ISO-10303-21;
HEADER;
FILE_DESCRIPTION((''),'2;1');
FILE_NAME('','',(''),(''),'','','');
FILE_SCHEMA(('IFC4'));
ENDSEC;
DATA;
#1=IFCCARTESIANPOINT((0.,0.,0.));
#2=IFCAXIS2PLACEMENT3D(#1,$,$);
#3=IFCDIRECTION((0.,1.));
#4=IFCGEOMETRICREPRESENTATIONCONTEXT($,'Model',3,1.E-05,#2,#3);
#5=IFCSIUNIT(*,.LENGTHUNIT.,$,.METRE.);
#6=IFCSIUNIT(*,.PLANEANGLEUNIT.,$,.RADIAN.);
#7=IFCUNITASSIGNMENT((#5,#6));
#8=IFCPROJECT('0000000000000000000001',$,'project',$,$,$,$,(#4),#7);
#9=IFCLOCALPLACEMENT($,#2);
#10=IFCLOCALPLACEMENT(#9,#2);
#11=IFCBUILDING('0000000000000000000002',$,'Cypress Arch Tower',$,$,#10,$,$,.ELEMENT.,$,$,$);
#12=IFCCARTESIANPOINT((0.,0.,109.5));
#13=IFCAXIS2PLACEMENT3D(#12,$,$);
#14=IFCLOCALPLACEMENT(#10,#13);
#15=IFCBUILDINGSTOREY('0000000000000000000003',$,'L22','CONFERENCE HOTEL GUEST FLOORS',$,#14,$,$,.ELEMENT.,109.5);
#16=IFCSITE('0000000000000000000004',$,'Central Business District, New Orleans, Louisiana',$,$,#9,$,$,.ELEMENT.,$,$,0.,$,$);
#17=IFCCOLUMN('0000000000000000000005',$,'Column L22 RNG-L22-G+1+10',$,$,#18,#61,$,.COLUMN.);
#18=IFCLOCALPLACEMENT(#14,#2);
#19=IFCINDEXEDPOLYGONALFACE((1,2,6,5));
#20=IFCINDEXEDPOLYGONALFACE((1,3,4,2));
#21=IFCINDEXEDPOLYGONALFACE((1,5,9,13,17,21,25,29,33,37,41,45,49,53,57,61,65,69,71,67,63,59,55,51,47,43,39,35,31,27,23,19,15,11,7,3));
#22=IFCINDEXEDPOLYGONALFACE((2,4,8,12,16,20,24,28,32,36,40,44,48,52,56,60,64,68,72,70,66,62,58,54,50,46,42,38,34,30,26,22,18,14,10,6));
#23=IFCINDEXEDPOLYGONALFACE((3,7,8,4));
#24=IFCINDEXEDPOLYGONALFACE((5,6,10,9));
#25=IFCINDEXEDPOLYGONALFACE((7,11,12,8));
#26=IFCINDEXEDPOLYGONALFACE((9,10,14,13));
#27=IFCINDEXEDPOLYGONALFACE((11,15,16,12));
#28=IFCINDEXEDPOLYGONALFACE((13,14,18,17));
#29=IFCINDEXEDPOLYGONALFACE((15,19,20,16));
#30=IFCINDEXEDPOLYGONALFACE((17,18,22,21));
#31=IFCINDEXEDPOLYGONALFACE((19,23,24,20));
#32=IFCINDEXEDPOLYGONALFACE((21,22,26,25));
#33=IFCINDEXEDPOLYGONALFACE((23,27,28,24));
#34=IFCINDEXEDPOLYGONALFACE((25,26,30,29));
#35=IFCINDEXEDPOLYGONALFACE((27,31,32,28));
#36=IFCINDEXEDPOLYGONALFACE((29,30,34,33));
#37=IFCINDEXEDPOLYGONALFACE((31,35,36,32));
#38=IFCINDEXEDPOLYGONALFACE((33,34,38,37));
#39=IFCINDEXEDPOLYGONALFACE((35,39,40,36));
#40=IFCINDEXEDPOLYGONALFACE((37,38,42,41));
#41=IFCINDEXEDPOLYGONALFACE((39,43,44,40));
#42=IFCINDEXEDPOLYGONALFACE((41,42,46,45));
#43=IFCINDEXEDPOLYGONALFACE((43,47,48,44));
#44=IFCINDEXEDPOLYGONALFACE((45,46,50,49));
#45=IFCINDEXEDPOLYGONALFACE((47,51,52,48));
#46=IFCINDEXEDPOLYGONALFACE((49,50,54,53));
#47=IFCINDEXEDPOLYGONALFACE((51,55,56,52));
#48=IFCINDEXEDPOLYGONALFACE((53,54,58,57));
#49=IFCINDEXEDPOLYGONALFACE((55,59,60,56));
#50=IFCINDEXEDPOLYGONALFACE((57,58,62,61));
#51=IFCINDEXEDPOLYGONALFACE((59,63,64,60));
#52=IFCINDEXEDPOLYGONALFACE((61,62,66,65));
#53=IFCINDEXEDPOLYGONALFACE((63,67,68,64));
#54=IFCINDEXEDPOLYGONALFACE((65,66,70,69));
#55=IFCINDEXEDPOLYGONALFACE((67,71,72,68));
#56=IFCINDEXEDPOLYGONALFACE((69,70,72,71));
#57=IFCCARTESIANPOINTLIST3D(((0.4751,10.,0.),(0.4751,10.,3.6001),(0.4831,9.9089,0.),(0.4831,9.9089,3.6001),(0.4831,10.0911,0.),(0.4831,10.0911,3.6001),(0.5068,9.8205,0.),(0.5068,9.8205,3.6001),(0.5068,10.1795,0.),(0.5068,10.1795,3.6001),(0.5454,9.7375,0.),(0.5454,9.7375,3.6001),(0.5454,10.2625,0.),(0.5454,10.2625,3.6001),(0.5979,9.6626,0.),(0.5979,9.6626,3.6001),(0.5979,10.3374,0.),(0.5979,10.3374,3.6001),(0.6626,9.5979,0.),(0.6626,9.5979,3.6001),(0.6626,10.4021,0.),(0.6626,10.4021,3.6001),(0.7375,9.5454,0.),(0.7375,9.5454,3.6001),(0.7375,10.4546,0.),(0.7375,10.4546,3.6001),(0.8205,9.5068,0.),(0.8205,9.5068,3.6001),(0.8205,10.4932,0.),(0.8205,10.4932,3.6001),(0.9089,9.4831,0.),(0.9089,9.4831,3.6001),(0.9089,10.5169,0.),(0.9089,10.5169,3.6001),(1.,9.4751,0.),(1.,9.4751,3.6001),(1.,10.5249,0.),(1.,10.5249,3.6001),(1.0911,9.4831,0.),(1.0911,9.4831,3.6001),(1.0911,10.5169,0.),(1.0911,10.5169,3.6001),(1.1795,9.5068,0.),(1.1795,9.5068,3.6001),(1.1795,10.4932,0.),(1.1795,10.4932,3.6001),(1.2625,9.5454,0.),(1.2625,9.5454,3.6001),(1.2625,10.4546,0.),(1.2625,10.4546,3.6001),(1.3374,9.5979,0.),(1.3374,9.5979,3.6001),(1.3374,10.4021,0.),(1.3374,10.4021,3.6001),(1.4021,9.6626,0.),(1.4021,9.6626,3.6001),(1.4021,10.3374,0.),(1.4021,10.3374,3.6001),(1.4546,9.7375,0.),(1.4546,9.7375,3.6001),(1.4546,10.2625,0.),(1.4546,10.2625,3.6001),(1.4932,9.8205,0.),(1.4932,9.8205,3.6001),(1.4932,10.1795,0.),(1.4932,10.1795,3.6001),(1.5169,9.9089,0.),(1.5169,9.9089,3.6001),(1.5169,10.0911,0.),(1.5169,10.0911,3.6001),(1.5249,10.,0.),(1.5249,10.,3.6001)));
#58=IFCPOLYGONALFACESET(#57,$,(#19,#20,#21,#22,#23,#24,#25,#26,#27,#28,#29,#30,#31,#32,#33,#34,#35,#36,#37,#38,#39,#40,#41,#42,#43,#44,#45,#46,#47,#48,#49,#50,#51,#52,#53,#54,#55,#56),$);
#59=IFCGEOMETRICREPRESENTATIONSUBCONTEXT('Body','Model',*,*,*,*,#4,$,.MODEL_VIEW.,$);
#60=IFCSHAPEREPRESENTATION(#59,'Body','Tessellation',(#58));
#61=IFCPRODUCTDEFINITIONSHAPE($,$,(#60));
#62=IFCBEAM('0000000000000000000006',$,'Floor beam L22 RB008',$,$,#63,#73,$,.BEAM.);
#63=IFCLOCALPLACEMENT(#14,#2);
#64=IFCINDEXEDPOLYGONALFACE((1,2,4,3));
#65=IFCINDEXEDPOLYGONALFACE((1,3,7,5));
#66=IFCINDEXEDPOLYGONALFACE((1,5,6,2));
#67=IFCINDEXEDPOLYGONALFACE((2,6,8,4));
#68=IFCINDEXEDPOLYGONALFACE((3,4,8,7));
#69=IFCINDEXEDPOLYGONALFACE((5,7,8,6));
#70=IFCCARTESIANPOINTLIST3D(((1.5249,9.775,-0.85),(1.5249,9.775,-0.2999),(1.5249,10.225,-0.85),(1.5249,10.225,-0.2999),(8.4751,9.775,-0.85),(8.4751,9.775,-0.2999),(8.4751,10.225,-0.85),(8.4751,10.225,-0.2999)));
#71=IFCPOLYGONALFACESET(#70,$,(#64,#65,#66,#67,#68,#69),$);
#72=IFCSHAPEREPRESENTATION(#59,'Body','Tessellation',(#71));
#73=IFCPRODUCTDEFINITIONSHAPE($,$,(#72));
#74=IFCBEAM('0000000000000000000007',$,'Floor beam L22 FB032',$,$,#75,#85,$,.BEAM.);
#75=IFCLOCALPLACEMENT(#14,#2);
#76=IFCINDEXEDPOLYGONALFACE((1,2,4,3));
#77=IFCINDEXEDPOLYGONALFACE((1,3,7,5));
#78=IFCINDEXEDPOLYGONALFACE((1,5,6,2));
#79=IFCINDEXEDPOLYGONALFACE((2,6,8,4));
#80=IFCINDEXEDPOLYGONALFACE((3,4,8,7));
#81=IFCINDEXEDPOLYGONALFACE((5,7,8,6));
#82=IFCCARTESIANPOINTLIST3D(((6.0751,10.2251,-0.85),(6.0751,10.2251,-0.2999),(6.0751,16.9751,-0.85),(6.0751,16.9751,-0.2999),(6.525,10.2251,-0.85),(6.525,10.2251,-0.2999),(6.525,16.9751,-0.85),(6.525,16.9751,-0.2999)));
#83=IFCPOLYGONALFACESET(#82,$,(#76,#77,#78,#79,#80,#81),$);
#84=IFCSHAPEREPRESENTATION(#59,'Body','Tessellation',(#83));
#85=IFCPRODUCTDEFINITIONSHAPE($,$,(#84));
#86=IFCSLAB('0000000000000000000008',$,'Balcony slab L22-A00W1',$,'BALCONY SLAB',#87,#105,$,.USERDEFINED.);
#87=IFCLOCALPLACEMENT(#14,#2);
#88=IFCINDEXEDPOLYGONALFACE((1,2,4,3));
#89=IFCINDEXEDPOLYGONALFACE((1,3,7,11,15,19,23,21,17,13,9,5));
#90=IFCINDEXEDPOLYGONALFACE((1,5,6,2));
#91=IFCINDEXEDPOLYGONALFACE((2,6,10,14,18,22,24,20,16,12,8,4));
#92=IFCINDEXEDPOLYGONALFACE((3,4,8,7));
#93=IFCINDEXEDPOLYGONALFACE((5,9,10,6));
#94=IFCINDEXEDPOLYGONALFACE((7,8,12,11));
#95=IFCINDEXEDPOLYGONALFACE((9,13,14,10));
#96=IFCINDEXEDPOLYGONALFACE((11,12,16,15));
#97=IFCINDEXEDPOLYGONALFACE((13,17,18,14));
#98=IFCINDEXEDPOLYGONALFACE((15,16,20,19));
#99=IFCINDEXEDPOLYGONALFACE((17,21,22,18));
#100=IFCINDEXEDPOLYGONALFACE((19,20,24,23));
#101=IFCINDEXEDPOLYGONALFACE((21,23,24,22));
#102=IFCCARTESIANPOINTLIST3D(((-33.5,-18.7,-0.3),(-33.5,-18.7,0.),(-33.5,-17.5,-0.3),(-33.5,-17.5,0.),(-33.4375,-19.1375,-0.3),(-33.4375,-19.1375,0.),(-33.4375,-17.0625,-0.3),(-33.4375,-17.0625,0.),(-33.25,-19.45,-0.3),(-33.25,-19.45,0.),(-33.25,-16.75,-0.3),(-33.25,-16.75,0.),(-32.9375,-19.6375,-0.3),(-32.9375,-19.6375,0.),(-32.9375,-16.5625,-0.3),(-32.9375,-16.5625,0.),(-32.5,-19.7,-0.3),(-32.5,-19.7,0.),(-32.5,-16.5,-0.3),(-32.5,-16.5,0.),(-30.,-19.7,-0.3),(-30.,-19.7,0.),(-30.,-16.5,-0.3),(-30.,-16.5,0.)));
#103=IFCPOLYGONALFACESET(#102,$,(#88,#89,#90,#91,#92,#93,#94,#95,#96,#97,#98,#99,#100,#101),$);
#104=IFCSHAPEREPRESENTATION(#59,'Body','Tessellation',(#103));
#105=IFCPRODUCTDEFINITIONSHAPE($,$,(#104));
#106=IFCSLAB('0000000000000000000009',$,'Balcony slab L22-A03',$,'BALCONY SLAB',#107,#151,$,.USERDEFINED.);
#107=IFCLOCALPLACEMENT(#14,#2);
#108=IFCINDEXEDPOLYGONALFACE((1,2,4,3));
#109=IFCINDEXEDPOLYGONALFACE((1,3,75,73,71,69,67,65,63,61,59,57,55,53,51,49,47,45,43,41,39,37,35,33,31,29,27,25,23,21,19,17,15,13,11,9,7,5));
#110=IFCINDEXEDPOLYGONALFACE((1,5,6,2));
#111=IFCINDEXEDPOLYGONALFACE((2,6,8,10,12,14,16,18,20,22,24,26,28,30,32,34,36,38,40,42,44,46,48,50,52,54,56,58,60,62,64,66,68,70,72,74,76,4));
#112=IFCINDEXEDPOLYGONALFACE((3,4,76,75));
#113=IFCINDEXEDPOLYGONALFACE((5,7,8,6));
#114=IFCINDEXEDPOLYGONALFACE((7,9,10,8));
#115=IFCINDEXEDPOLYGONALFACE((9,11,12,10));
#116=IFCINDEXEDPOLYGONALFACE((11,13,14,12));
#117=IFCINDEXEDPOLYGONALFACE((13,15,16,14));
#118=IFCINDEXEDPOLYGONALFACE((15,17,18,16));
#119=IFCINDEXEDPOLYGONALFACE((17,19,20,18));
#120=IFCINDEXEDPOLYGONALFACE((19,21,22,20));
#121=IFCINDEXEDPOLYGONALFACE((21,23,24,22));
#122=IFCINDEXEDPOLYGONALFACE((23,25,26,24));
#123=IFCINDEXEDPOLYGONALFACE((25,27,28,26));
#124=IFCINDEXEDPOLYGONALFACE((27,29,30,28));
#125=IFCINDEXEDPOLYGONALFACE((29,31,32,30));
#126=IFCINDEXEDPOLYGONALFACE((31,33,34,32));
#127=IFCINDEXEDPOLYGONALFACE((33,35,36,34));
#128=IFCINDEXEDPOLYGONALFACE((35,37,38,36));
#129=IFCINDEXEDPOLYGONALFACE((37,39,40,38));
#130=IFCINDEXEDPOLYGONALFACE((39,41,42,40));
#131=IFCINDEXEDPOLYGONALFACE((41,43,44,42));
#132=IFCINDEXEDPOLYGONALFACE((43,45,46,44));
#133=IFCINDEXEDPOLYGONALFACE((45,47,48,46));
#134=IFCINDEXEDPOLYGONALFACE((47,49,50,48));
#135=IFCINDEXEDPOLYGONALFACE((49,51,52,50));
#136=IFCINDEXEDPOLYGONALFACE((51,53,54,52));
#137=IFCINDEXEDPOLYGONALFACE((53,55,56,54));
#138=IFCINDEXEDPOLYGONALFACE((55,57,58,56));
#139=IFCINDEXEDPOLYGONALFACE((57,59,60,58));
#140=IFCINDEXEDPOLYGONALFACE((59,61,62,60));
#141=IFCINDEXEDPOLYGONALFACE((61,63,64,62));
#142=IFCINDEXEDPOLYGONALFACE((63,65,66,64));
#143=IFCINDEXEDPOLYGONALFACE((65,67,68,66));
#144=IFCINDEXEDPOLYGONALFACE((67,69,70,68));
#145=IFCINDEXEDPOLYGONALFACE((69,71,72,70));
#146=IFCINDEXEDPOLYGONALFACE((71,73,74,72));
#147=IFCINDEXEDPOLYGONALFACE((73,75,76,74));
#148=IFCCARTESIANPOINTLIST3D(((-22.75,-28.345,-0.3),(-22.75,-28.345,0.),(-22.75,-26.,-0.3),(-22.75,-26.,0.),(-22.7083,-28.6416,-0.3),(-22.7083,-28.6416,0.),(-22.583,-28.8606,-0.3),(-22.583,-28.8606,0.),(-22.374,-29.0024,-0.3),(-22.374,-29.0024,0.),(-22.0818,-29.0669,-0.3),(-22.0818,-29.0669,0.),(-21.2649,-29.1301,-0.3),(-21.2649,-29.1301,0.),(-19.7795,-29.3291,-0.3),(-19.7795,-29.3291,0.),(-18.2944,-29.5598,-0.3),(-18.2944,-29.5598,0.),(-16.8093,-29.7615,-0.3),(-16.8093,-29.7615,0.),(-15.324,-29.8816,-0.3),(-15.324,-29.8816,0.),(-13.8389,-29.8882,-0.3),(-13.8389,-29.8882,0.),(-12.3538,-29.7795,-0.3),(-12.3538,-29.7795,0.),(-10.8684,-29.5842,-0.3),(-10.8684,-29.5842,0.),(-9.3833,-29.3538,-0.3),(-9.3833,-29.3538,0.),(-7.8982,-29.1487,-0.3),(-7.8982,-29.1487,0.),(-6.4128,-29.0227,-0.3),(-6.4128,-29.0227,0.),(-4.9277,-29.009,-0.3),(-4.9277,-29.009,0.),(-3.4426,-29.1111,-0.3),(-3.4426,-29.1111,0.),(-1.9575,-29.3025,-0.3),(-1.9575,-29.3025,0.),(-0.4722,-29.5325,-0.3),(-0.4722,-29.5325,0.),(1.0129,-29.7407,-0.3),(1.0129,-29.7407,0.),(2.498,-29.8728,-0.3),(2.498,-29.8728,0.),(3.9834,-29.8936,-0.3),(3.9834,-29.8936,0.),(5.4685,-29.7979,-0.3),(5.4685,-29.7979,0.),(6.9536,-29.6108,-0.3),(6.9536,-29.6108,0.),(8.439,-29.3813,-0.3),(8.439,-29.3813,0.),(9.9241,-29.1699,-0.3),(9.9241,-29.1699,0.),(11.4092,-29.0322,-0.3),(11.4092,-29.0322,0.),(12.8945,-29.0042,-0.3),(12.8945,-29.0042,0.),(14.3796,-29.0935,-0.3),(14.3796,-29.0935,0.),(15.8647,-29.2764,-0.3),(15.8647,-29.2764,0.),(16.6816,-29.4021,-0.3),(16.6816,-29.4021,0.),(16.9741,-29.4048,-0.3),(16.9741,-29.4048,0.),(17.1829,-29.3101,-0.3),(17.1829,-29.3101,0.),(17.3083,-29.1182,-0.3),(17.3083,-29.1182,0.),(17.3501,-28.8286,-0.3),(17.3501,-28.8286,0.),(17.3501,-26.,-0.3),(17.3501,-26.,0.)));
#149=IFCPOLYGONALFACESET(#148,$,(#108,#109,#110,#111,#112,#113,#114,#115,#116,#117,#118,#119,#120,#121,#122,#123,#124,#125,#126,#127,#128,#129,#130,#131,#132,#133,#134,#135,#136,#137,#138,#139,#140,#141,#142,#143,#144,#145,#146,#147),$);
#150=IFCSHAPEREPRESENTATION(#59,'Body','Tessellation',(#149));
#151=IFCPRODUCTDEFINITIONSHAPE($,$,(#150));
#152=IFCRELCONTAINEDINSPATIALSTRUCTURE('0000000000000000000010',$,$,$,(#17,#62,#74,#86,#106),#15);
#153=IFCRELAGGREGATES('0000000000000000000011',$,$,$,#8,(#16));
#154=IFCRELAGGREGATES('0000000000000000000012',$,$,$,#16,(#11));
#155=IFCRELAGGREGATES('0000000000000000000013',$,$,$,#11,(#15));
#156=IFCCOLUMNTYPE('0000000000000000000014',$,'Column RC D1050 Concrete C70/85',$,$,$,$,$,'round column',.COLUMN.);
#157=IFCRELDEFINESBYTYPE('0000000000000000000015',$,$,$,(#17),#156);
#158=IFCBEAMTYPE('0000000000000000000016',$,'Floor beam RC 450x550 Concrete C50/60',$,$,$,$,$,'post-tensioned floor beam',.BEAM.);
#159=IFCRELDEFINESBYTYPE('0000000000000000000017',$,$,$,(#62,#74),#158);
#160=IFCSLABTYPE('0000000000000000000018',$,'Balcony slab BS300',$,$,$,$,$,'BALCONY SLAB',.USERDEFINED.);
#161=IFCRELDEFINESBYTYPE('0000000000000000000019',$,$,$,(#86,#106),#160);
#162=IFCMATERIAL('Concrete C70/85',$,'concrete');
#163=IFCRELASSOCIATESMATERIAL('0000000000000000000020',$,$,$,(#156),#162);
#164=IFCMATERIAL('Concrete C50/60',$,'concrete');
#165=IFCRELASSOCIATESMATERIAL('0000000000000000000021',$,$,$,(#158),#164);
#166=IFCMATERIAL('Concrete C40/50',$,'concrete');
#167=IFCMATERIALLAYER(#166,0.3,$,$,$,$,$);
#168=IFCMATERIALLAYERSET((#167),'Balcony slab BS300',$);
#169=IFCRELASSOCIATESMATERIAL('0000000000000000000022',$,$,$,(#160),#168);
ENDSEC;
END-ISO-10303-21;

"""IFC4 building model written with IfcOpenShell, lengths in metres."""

from ifc_helpers import new_model, si_unit, direction, frame, origin, origin_2d, place, context, subcontext, project, spatial, polyline, rectangle, circle, outline, extrude, material, layer, layer_set, material_profile, profile_set, type_object, element, save


model = new_model("IFC4")

# Units and contexts
model_context = context("Model", 3, precision=1e-05, world=origin(), true_north=direction((0.0, 1.0)))
body_context = subcontext(model_context, "Body", "Model", "MODEL_VIEW")
ifc_project = project(units=[si_unit("LENGTHUNIT", "METRE"), si_unit("PLANEANGLEUNIT", "RADIAN")], contexts=[model_context])

# Site, building, storey
site_placement = place(None, origin())
site = spatial("IfcSite", under=ifc_project, at=site_placement, Name="Central Business District, New Orleans, Louisiana", CompositionType="ELEMENT", RefElevation=0.0)
building_placement = place(site_placement, origin())
building = spatial("IfcBuilding", under=site, at=building_placement, Name="Cypress Arch Tower", CompositionType="ELEMENT")
storey_placement = place(building_placement, frame((0.0, 0.0, 109.5)))
storey = spatial("IfcBuildingStorey", under=building, at=storey_placement, Name="L22", Description="CONFERENCE HOTEL GUEST FLOORS", CompositionType="ELEMENT", Elevation=109.5)

# Column
ifc_material_1 = material(Name="Concrete C70/85", Category="concrete")
ifc_material_profile_1 = material_profile(ifc_material_1, circle(Radius=0.5249, at=origin_2d()), Name="RC D1050")
ifc_profile_set_1 = profile_set([ifc_material_profile_1], Name="Concrete C70/85")
column_type = type_object("IfcColumnType", Name="Column RC D1050 Concrete C70/85", ElementType="round column", PredefinedType="COLUMN", material=ifc_profile_set_1)
column_placement = place(storey_placement, frame((1.0, 10.0, 0.0), z_axis=(0.0, 0.0, 1.0), x_axis=(1.0, 0.0, 0.0)))
element("IfcColumn", 1, at=column_placement, inside=storey, type_object=column_type, Name="Column L22 RNG-L22-G+1+10", PredefinedType="COLUMN", context=body_context, shape_type="SweptSolid", body=[
    extrude(circle(Radius=0.5249, at=origin_2d()), origin(), (0.0, 0.0, 1.0), 3.6001),
])

# Beams
ifc_material_2 = material(Name="Concrete C50/60", Category="concrete")
ifc_material_profile_2 = material_profile(ifc_material_2, rectangle(XDim=0.45, YDim=0.55, at=origin_2d()), Name="RC 450x550")
ifc_profile_set_2 = profile_set([ifc_material_profile_2], Name="Concrete C50/60")
beam_type = type_object("IfcBeamType", Name="Floor beam RC 450x550 Concrete C50/60", ElementType="post-tensioned floor beam", PredefinedType="BEAM", material=ifc_profile_set_2)
beam_1_placement = place(storey_placement, frame((1.5249, 10.0, -0.575), z_axis=(1.0, 0.0, 0.0), x_axis=(0.0, 1.0, 0.0)))
element("IfcBeam", 2, at=beam_1_placement, inside=storey, type_object=beam_type, Name="Floor beam L22 RB008", PredefinedType="BEAM", context=body_context, shape_type="SweptSolid", body=[
    extrude(rectangle(XDim=0.45, YDim=0.55, at=origin_2d()), origin(), (0.0, 0.0, 1.0), 6.9502),
])
beam_2_placement = place(storey_placement, frame((6.3, 10.2251, -0.575), z_axis=(0.0, 1.0, 0.0), x_axis=(-1.0, 0.0, 0.0)))
element("IfcBeam", 3, at=beam_2_placement, inside=storey, type_object=beam_type, Name="Floor beam L22 FB032", PredefinedType="BEAM", context=body_context, shape_type="SweptSolid", body=[
    extrude(rectangle(XDim=0.45, YDim=0.55, at=origin_2d()), origin(), (0.0, 0.0, 1.0), 6.75),
])

# Slabs
ifc_material_3 = material(Name="Concrete C40/50", Category="concrete")
ifc_layer_1 = layer(ifc_material_3, 0.3)
ifc_layer_set_1 = layer_set([ifc_layer_1], Name="Balcony slab BS300")
slab_type_1 = type_object("IfcSlabType", Name="Balcony slab BS300", ElementType="BALCONY SLAB", PredefinedType="USERDEFINED", material=ifc_layer_set_1)
slab_1_placement = place(storey_placement, frame((0.0, 0.0, -0.3)))
element("IfcSlab", 4, at=slab_1_placement, inside=storey, type_object=slab_type_1, Name="Balcony slab L22-A00W1", ObjectType="BALCONY SLAB", PredefinedType="USERDEFINED", context=body_context, shape_type="SweptSolid", body=[
    extrude(outline(polyline([(-30.0, -16.5), (-32.5, -16.5), (-32.9375, -16.5625), (-33.25, -16.75), (-33.4375, -17.0625), (-33.5, -17.5), (-33.5, -18.7), (-33.4375, -19.1375), (-33.25, -19.45), (-32.9375, -19.6375), (-32.5, -19.7), (-30.0, -19.7), (-30.0, -16.5)])), origin(), (0.0, 0.0, 1.0), 0.3),
])
slab_2_placement = place(storey_placement, frame((0.0, 0.0, -0.3)))
element("IfcSlab", 5, at=slab_2_placement, inside=storey, type_object=slab_type_1, Name="Balcony slab L22-A03", ObjectType="BALCONY SLAB", PredefinedType="USERDEFINED", context=body_context, shape_type="SweptSolid", body=[
    extrude(outline(polyline([(-22.75, -26.0), (-22.75, -28.345), (-22.7083, -28.6416), (-22.583, -28.8606), (-22.374, -29.0024), (-22.0818, -29.0669), (-21.2649, -29.1301), (-19.7795, -29.3291), (-18.2944, -29.5598), (-16.8093, -29.7615), (-15.324, -29.8816), (-13.8389, -29.8882), (-12.3538, -29.7795), (-10.8684, -29.5842), (-9.3833, -29.3538), (-7.8982, -29.1487), (-6.4128, -29.0227), (-4.9277, -29.009), (-3.4426, -29.1111), (-1.9575, -29.3025), (-0.4722, -29.5325), (1.0129, -29.7407), (2.498, -29.8728), (3.9834, -29.8936), (5.4685, -29.7979), (6.9536, -29.6108), (8.439, -29.3813), (9.9241, -29.1699), (11.4092, -29.0322), (12.8945, -29.0042), (14.3796, -29.0935), (15.8647, -29.2764), (16.6816, -29.4021), (16.9741, -29.4048), (17.1829, -29.3101), (17.3083, -29.1182), (17.3501, -28.8286), (17.3501, -26.0), (-22.75, -26.0)])), origin(), (0.0, 0.0, 1.0), 0.3),
])

save(model, "model.ifc")
